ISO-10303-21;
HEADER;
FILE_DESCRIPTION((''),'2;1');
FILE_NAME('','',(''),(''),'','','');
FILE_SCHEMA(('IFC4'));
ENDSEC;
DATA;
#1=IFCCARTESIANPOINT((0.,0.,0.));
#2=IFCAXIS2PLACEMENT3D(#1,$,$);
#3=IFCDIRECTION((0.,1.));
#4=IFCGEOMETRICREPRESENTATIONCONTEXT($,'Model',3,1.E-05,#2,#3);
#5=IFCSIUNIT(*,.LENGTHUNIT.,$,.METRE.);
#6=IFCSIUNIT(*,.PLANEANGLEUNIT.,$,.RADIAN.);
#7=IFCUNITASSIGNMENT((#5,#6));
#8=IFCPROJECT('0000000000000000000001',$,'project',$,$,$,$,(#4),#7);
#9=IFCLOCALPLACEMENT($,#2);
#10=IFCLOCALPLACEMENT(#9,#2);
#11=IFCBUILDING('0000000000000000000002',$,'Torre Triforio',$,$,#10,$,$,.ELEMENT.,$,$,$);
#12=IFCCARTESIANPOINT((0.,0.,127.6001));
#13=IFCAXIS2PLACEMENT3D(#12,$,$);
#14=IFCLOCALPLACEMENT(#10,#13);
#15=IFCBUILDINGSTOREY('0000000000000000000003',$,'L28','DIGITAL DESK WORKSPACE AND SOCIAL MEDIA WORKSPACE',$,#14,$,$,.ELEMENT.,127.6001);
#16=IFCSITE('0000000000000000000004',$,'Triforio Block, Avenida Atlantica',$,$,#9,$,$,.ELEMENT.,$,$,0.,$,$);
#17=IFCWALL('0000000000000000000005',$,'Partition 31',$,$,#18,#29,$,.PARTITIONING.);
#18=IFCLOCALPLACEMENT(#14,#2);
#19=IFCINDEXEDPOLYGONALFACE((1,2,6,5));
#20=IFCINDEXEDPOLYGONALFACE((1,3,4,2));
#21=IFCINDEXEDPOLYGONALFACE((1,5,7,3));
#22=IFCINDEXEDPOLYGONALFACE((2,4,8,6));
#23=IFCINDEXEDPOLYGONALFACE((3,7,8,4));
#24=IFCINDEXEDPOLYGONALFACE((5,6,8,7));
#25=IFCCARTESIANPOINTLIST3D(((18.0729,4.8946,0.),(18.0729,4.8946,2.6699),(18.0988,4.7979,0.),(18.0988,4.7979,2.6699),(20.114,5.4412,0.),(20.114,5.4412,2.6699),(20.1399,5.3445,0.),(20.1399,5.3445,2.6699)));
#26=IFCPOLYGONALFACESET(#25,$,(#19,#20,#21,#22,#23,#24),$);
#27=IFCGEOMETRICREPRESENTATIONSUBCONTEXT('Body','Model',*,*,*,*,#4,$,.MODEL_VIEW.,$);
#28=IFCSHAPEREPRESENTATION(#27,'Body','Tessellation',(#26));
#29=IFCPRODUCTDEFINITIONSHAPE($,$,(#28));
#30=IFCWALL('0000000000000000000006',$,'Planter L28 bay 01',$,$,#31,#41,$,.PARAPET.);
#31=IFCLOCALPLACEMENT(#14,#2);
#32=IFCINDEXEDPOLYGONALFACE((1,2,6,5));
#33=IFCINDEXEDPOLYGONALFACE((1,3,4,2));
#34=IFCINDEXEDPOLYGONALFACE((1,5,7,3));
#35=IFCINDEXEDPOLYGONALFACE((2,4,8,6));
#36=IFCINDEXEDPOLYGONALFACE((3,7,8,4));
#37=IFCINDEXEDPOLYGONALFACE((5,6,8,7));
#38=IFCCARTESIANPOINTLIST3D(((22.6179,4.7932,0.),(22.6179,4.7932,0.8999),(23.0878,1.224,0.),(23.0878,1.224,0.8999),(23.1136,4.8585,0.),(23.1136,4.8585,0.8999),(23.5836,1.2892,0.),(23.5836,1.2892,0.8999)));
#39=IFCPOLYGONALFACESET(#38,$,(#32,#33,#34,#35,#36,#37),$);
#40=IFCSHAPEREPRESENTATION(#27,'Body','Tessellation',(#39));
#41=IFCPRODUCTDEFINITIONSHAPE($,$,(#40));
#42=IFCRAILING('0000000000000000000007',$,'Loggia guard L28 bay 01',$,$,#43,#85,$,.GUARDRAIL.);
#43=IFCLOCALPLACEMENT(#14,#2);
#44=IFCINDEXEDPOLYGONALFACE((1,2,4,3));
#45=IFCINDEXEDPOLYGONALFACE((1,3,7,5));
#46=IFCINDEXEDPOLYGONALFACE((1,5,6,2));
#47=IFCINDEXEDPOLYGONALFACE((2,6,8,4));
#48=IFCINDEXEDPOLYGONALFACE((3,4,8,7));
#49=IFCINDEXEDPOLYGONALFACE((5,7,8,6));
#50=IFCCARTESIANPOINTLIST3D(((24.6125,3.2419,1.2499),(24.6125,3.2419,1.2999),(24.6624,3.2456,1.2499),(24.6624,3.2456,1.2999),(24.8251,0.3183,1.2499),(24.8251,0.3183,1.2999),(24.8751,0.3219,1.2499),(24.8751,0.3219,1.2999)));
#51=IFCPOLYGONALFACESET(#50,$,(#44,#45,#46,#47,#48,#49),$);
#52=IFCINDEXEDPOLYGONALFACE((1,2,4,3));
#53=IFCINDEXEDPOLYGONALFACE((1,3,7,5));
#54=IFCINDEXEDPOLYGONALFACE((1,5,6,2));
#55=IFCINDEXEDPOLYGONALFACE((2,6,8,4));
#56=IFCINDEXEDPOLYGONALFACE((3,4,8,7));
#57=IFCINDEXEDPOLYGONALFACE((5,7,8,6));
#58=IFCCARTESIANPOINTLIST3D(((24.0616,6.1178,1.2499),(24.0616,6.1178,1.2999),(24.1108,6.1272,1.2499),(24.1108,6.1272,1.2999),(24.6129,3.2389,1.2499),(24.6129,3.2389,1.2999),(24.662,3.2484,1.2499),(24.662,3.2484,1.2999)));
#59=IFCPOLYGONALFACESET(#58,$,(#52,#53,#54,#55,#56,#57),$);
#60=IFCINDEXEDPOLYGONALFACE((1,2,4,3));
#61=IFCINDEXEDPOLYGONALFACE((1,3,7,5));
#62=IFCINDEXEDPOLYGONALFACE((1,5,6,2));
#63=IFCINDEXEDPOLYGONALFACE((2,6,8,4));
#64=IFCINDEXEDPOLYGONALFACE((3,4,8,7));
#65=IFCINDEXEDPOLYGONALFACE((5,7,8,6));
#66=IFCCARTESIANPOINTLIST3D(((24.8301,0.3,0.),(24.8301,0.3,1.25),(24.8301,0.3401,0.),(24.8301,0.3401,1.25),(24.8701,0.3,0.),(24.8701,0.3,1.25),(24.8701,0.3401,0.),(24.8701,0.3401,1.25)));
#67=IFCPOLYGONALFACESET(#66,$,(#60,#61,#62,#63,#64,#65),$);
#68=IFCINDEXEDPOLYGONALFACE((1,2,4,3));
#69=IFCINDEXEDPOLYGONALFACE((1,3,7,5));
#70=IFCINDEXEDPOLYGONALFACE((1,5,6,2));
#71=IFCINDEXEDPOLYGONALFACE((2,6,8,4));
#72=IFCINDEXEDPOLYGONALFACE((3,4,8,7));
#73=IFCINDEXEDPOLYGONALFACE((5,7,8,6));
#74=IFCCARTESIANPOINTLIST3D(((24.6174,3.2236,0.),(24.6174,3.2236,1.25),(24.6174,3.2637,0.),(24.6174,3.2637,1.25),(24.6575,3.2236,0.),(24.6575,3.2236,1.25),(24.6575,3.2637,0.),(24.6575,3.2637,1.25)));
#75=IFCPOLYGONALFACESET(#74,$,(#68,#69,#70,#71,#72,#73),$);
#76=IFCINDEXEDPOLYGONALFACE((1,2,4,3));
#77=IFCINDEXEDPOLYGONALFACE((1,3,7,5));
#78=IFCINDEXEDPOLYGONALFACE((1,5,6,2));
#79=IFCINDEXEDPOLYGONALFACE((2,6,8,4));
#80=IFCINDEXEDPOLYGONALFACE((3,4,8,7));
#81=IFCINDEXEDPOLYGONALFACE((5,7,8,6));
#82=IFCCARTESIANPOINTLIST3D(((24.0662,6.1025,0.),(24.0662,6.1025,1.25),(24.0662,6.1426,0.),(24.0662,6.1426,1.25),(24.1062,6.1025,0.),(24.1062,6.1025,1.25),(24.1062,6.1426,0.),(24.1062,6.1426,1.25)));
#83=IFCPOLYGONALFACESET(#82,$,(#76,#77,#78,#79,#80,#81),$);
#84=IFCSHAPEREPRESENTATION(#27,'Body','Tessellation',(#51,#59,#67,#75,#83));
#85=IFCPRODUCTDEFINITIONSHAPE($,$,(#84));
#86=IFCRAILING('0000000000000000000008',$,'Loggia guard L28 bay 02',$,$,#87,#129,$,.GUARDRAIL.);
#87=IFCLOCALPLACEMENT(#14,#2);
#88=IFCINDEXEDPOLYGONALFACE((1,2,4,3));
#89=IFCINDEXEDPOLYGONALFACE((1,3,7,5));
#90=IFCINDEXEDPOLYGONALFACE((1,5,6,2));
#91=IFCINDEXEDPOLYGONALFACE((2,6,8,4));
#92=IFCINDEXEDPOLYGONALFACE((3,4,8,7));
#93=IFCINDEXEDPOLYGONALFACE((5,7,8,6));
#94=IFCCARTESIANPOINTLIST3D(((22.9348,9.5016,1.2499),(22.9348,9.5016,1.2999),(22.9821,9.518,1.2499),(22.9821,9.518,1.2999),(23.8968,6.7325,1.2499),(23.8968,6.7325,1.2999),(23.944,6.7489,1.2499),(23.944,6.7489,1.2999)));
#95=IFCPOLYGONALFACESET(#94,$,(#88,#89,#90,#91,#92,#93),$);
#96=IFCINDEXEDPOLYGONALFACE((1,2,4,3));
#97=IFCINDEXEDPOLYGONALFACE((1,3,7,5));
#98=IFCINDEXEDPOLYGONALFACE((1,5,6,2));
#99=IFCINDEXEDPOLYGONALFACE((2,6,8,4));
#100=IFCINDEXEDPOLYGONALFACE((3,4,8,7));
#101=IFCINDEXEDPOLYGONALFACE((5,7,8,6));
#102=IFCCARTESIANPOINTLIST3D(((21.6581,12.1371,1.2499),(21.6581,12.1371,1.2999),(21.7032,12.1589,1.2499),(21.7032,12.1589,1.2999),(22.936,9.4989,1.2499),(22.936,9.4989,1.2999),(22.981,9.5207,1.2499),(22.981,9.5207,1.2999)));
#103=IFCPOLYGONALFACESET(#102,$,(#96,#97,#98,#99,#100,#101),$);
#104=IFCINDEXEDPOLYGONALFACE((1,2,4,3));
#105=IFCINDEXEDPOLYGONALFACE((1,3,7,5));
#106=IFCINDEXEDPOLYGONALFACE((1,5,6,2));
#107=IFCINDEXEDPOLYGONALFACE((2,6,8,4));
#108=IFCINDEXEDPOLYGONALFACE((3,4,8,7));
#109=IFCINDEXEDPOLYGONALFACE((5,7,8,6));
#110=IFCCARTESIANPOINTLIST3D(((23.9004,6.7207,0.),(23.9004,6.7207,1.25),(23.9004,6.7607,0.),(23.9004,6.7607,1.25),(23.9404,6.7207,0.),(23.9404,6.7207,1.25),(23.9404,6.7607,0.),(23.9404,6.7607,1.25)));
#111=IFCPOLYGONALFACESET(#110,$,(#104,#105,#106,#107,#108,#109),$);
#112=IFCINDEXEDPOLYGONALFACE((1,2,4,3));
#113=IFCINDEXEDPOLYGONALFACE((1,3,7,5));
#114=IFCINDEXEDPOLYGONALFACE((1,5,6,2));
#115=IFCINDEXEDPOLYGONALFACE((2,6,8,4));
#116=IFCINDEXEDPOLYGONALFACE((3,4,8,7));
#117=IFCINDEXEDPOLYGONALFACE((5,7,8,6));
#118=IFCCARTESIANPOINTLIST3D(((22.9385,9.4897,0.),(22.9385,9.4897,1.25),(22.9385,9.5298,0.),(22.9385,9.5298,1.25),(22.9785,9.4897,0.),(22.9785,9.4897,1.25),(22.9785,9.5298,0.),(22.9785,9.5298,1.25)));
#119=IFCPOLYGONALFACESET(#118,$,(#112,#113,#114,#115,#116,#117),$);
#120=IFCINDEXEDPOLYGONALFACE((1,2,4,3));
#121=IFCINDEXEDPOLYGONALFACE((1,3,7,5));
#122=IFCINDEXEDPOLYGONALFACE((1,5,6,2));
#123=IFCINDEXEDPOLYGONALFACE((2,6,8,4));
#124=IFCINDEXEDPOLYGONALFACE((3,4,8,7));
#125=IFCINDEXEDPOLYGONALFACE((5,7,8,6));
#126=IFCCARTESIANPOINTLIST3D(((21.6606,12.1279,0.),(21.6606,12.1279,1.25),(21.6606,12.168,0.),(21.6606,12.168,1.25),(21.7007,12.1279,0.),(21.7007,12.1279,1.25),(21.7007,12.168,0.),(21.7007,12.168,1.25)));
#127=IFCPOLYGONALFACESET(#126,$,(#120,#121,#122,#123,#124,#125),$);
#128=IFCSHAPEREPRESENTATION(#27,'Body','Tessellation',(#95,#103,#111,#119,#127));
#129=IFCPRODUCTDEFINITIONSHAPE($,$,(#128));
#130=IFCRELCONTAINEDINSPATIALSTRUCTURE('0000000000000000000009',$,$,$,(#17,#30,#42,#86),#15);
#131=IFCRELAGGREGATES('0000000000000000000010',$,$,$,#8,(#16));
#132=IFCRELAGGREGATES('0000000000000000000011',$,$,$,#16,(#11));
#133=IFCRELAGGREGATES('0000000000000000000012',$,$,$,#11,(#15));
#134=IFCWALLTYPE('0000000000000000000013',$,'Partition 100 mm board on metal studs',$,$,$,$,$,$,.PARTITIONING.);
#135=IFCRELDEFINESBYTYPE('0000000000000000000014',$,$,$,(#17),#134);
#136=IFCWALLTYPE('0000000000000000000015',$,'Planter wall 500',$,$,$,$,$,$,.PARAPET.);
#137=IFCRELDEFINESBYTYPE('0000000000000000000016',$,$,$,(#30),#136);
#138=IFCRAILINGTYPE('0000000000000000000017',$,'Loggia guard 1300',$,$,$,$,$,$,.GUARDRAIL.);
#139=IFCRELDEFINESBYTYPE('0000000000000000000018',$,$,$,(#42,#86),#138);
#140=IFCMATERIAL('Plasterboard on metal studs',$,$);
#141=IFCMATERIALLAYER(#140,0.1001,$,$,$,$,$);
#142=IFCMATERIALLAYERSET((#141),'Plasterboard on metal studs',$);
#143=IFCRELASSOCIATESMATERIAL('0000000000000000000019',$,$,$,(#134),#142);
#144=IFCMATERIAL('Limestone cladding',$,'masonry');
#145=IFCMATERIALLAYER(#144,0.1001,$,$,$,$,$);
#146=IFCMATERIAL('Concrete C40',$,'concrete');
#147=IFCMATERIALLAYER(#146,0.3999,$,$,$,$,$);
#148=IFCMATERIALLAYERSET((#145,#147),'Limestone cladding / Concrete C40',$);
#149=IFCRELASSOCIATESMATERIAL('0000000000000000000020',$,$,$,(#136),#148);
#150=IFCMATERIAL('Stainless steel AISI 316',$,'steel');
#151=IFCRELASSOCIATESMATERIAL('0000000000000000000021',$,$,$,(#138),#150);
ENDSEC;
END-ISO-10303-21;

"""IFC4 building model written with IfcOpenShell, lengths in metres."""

from ifc_helpers import new_model, si_unit, direction, frame, frame_2d, origin, origin_2d, place, context, subcontext, project, spatial, rectangle, extrude, material, layer, layer_set, type_object, element, save


model = new_model("IFC4")

# Units and contexts
model_context = context("Model", 3, precision=1e-05, world=origin(), true_north=direction((0.0, 1.0)))
body_context = subcontext(model_context, "Body", "Model", "MODEL_VIEW")
ifc_project = project(units=[si_unit("LENGTHUNIT", "METRE"), si_unit("PLANEANGLEUNIT", "RADIAN")], contexts=[model_context])

# Site, building, storey
site_placement = place(None, origin())
site = spatial("IfcSite", under=ifc_project, at=site_placement, Name="Triforio Block, Avenida Atlantica", CompositionType="ELEMENT", RefElevation=0.0)
building_placement = place(site_placement, origin())
building = spatial("IfcBuilding", under=site, at=building_placement, Name="Torre Triforio", CompositionType="ELEMENT")
storey_placement = place(building_placement, frame((0.0, 0.0, 127.6001)))
storey = spatial("IfcBuildingStorey", under=building, at=storey_placement, Name="L28", Description="DIGITAL DESK WORKSPACE AND SOCIAL MEDIA WORKSPACE", CompositionType="ELEMENT", Elevation=127.6001)

# Shared definitions
ifc_material_1 = material(Name="Plasterboard on metal studs")

# Walls
ifc_layer_1 = layer(ifc_material_1, 0.1001)
ifc_layer_set_1 = layer_set([ifc_layer_1], Name="Plasterboard on metal studs")
wall_type_1 = type_object("IfcWallType", Name="Partition 100 mm board on metal studs", PredefinedType="PARTITIONING", material=ifc_layer_set_1)
wall_1_placement = place(storey_placement, frame((18.0857, 4.8462, 0.0), z_axis=(0.0, 0.0, 1.0), x_axis=(0.965956, 0.258705, 0.0)))
element("IfcWall", 1, at=wall_1_placement, inside=storey, type_object=wall_type_1, Name="Partition 31", PredefinedType="PARTITIONING", context=body_context, shape_type="SweptSolid", body=[
    extrude(rectangle(XDim=2.113, YDim=0.1001, at=frame_2d((1.0566, 0.0))), origin(), (0.0, 0.0, 1.0), 2.6699),
])
ifc_material_2 = material(Name="Limestone cladding", Category="masonry")
ifc_layer_2 = layer(ifc_material_2, 0.1001)
ifc_material_3 = material(Name="Concrete C40", Category="concrete")
ifc_layer_3 = layer(ifc_material_3, 0.3999)
ifc_layer_set_2 = layer_set([ifc_layer_2, ifc_layer_3], Name="Limestone cladding / Concrete C40")
wall_type_2 = type_object("IfcWallType", Name="Planter wall 500", PredefinedType="PARAPET", material=ifc_layer_set_2)
wall_2_placement = place(storey_placement, frame((23.3357, 1.2566, 0.0), z_axis=(0.0, 0.0, 1.0), x_axis=(-0.130542, 0.991443, 0.0)))
element("IfcWall", 2, at=wall_2_placement, inside=storey, type_object=wall_type_2, Name="Planter L28 bay 01", PredefinedType="PARAPET", context=body_context, shape_type="SweptSolid", body=[
    extrude(rectangle(XDim=3.6001, YDim=0.5, at=frame_2d((1.8, 0.0))), origin(), (0.0, 0.0, 1.0), 0.8999),
])

# Railings
ifc_material_4 = material(Name="Stainless steel AISI 316", Category="steel")
railing_type = type_object("IfcRailingType", Name="Loggia guard 1300", PredefinedType="GUARDRAIL", material=ifc_material_4)
railing_1_placement = place(storey_placement, frame((24.8501, 0.3201, 0.0)))
element("IfcRailing", 3, at=railing_1_placement, inside=storey, type_object=railing_type, Name="Loggia guard L28 bay 01", PredefinedType="GUARDRAIL", context=body_context, shape_type="SweptSolid", body=[
    extrude(rectangle(XDim=0.05, YDim=0.05, at=origin_2d()), frame((0.0, 0.0, 1.2749), z_axis=(-0.072543, 0.997365, 0.0), x_axis=(-0.997365, -0.072543, 0.0)), (0.0, 0.0, 1.0), 2.9314),
    extrude(rectangle(XDim=0.05, YDim=0.05, at=origin_2d()), frame((-0.2126, 2.9236, 1.2749), z_axis=(-0.188069, 0.982156, 0.0), x_axis=(-0.982156, -0.188069, 0.0)), (0.0, 0.0, 1.0), 2.9312),
    extrude(rectangle(XDim=0.04, YDim=0.04, at=origin_2d()), origin(), (0.0, 0.0, 1.0), 1.25),
    extrude(rectangle(XDim=0.04, YDim=0.04, at=origin_2d()), frame((-0.2126, 2.9236, 0.0)), (0.0, 0.0, 1.0), 1.25),
    extrude(rectangle(XDim=0.04, YDim=0.04, at=origin_2d()), frame((-0.7639, 5.8025, 0.0)), (0.0, 0.0, 1.0), 1.25),
])
railing_2_placement = place(storey_placement, frame((23.9204, 6.7407, 0.0)))
element("IfcRailing", 4, at=railing_2_placement, inside=storey, type_object=railing_type, Name="Loggia guard L28 bay 02", PredefinedType="GUARDRAIL", context=body_context, shape_type="SweptSolid", body=[
    extrude(rectangle(XDim=0.05, YDim=0.05, at=origin_2d()), frame((0.0, 0.0, 1.2749), z_axis=(-0.328146, 0.944627, 0.0), x_axis=(-0.944627, -0.328146, 0.0)), (0.0, 0.0, 1.0), 2.9314),
    extrude(rectangle(XDim=0.05, YDim=0.05, at=origin_2d()), frame((-0.9619, 2.769, 1.2749), z_axis=(-0.435918, 0.899986, 0.0), x_axis=(-0.899986, -0.435918, 0.0)), (0.0, 0.0, 1.0), 2.9314),
    extrude(rectangle(XDim=0.04, YDim=0.04, at=origin_2d()), origin(), (0.0, 0.0, 1.0), 1.25),
    extrude(rectangle(XDim=0.04, YDim=0.04, at=origin_2d()), frame((-0.9619, 2.769, 0.0)), (0.0, 0.0, 1.0), 1.25),
    extrude(rectangle(XDim=0.04, YDim=0.04, at=origin_2d()), frame((-2.2397, 5.4072, 0.0)), (0.0, 0.0, 1.0), 1.25),
])

save(model, "model.ifc")
